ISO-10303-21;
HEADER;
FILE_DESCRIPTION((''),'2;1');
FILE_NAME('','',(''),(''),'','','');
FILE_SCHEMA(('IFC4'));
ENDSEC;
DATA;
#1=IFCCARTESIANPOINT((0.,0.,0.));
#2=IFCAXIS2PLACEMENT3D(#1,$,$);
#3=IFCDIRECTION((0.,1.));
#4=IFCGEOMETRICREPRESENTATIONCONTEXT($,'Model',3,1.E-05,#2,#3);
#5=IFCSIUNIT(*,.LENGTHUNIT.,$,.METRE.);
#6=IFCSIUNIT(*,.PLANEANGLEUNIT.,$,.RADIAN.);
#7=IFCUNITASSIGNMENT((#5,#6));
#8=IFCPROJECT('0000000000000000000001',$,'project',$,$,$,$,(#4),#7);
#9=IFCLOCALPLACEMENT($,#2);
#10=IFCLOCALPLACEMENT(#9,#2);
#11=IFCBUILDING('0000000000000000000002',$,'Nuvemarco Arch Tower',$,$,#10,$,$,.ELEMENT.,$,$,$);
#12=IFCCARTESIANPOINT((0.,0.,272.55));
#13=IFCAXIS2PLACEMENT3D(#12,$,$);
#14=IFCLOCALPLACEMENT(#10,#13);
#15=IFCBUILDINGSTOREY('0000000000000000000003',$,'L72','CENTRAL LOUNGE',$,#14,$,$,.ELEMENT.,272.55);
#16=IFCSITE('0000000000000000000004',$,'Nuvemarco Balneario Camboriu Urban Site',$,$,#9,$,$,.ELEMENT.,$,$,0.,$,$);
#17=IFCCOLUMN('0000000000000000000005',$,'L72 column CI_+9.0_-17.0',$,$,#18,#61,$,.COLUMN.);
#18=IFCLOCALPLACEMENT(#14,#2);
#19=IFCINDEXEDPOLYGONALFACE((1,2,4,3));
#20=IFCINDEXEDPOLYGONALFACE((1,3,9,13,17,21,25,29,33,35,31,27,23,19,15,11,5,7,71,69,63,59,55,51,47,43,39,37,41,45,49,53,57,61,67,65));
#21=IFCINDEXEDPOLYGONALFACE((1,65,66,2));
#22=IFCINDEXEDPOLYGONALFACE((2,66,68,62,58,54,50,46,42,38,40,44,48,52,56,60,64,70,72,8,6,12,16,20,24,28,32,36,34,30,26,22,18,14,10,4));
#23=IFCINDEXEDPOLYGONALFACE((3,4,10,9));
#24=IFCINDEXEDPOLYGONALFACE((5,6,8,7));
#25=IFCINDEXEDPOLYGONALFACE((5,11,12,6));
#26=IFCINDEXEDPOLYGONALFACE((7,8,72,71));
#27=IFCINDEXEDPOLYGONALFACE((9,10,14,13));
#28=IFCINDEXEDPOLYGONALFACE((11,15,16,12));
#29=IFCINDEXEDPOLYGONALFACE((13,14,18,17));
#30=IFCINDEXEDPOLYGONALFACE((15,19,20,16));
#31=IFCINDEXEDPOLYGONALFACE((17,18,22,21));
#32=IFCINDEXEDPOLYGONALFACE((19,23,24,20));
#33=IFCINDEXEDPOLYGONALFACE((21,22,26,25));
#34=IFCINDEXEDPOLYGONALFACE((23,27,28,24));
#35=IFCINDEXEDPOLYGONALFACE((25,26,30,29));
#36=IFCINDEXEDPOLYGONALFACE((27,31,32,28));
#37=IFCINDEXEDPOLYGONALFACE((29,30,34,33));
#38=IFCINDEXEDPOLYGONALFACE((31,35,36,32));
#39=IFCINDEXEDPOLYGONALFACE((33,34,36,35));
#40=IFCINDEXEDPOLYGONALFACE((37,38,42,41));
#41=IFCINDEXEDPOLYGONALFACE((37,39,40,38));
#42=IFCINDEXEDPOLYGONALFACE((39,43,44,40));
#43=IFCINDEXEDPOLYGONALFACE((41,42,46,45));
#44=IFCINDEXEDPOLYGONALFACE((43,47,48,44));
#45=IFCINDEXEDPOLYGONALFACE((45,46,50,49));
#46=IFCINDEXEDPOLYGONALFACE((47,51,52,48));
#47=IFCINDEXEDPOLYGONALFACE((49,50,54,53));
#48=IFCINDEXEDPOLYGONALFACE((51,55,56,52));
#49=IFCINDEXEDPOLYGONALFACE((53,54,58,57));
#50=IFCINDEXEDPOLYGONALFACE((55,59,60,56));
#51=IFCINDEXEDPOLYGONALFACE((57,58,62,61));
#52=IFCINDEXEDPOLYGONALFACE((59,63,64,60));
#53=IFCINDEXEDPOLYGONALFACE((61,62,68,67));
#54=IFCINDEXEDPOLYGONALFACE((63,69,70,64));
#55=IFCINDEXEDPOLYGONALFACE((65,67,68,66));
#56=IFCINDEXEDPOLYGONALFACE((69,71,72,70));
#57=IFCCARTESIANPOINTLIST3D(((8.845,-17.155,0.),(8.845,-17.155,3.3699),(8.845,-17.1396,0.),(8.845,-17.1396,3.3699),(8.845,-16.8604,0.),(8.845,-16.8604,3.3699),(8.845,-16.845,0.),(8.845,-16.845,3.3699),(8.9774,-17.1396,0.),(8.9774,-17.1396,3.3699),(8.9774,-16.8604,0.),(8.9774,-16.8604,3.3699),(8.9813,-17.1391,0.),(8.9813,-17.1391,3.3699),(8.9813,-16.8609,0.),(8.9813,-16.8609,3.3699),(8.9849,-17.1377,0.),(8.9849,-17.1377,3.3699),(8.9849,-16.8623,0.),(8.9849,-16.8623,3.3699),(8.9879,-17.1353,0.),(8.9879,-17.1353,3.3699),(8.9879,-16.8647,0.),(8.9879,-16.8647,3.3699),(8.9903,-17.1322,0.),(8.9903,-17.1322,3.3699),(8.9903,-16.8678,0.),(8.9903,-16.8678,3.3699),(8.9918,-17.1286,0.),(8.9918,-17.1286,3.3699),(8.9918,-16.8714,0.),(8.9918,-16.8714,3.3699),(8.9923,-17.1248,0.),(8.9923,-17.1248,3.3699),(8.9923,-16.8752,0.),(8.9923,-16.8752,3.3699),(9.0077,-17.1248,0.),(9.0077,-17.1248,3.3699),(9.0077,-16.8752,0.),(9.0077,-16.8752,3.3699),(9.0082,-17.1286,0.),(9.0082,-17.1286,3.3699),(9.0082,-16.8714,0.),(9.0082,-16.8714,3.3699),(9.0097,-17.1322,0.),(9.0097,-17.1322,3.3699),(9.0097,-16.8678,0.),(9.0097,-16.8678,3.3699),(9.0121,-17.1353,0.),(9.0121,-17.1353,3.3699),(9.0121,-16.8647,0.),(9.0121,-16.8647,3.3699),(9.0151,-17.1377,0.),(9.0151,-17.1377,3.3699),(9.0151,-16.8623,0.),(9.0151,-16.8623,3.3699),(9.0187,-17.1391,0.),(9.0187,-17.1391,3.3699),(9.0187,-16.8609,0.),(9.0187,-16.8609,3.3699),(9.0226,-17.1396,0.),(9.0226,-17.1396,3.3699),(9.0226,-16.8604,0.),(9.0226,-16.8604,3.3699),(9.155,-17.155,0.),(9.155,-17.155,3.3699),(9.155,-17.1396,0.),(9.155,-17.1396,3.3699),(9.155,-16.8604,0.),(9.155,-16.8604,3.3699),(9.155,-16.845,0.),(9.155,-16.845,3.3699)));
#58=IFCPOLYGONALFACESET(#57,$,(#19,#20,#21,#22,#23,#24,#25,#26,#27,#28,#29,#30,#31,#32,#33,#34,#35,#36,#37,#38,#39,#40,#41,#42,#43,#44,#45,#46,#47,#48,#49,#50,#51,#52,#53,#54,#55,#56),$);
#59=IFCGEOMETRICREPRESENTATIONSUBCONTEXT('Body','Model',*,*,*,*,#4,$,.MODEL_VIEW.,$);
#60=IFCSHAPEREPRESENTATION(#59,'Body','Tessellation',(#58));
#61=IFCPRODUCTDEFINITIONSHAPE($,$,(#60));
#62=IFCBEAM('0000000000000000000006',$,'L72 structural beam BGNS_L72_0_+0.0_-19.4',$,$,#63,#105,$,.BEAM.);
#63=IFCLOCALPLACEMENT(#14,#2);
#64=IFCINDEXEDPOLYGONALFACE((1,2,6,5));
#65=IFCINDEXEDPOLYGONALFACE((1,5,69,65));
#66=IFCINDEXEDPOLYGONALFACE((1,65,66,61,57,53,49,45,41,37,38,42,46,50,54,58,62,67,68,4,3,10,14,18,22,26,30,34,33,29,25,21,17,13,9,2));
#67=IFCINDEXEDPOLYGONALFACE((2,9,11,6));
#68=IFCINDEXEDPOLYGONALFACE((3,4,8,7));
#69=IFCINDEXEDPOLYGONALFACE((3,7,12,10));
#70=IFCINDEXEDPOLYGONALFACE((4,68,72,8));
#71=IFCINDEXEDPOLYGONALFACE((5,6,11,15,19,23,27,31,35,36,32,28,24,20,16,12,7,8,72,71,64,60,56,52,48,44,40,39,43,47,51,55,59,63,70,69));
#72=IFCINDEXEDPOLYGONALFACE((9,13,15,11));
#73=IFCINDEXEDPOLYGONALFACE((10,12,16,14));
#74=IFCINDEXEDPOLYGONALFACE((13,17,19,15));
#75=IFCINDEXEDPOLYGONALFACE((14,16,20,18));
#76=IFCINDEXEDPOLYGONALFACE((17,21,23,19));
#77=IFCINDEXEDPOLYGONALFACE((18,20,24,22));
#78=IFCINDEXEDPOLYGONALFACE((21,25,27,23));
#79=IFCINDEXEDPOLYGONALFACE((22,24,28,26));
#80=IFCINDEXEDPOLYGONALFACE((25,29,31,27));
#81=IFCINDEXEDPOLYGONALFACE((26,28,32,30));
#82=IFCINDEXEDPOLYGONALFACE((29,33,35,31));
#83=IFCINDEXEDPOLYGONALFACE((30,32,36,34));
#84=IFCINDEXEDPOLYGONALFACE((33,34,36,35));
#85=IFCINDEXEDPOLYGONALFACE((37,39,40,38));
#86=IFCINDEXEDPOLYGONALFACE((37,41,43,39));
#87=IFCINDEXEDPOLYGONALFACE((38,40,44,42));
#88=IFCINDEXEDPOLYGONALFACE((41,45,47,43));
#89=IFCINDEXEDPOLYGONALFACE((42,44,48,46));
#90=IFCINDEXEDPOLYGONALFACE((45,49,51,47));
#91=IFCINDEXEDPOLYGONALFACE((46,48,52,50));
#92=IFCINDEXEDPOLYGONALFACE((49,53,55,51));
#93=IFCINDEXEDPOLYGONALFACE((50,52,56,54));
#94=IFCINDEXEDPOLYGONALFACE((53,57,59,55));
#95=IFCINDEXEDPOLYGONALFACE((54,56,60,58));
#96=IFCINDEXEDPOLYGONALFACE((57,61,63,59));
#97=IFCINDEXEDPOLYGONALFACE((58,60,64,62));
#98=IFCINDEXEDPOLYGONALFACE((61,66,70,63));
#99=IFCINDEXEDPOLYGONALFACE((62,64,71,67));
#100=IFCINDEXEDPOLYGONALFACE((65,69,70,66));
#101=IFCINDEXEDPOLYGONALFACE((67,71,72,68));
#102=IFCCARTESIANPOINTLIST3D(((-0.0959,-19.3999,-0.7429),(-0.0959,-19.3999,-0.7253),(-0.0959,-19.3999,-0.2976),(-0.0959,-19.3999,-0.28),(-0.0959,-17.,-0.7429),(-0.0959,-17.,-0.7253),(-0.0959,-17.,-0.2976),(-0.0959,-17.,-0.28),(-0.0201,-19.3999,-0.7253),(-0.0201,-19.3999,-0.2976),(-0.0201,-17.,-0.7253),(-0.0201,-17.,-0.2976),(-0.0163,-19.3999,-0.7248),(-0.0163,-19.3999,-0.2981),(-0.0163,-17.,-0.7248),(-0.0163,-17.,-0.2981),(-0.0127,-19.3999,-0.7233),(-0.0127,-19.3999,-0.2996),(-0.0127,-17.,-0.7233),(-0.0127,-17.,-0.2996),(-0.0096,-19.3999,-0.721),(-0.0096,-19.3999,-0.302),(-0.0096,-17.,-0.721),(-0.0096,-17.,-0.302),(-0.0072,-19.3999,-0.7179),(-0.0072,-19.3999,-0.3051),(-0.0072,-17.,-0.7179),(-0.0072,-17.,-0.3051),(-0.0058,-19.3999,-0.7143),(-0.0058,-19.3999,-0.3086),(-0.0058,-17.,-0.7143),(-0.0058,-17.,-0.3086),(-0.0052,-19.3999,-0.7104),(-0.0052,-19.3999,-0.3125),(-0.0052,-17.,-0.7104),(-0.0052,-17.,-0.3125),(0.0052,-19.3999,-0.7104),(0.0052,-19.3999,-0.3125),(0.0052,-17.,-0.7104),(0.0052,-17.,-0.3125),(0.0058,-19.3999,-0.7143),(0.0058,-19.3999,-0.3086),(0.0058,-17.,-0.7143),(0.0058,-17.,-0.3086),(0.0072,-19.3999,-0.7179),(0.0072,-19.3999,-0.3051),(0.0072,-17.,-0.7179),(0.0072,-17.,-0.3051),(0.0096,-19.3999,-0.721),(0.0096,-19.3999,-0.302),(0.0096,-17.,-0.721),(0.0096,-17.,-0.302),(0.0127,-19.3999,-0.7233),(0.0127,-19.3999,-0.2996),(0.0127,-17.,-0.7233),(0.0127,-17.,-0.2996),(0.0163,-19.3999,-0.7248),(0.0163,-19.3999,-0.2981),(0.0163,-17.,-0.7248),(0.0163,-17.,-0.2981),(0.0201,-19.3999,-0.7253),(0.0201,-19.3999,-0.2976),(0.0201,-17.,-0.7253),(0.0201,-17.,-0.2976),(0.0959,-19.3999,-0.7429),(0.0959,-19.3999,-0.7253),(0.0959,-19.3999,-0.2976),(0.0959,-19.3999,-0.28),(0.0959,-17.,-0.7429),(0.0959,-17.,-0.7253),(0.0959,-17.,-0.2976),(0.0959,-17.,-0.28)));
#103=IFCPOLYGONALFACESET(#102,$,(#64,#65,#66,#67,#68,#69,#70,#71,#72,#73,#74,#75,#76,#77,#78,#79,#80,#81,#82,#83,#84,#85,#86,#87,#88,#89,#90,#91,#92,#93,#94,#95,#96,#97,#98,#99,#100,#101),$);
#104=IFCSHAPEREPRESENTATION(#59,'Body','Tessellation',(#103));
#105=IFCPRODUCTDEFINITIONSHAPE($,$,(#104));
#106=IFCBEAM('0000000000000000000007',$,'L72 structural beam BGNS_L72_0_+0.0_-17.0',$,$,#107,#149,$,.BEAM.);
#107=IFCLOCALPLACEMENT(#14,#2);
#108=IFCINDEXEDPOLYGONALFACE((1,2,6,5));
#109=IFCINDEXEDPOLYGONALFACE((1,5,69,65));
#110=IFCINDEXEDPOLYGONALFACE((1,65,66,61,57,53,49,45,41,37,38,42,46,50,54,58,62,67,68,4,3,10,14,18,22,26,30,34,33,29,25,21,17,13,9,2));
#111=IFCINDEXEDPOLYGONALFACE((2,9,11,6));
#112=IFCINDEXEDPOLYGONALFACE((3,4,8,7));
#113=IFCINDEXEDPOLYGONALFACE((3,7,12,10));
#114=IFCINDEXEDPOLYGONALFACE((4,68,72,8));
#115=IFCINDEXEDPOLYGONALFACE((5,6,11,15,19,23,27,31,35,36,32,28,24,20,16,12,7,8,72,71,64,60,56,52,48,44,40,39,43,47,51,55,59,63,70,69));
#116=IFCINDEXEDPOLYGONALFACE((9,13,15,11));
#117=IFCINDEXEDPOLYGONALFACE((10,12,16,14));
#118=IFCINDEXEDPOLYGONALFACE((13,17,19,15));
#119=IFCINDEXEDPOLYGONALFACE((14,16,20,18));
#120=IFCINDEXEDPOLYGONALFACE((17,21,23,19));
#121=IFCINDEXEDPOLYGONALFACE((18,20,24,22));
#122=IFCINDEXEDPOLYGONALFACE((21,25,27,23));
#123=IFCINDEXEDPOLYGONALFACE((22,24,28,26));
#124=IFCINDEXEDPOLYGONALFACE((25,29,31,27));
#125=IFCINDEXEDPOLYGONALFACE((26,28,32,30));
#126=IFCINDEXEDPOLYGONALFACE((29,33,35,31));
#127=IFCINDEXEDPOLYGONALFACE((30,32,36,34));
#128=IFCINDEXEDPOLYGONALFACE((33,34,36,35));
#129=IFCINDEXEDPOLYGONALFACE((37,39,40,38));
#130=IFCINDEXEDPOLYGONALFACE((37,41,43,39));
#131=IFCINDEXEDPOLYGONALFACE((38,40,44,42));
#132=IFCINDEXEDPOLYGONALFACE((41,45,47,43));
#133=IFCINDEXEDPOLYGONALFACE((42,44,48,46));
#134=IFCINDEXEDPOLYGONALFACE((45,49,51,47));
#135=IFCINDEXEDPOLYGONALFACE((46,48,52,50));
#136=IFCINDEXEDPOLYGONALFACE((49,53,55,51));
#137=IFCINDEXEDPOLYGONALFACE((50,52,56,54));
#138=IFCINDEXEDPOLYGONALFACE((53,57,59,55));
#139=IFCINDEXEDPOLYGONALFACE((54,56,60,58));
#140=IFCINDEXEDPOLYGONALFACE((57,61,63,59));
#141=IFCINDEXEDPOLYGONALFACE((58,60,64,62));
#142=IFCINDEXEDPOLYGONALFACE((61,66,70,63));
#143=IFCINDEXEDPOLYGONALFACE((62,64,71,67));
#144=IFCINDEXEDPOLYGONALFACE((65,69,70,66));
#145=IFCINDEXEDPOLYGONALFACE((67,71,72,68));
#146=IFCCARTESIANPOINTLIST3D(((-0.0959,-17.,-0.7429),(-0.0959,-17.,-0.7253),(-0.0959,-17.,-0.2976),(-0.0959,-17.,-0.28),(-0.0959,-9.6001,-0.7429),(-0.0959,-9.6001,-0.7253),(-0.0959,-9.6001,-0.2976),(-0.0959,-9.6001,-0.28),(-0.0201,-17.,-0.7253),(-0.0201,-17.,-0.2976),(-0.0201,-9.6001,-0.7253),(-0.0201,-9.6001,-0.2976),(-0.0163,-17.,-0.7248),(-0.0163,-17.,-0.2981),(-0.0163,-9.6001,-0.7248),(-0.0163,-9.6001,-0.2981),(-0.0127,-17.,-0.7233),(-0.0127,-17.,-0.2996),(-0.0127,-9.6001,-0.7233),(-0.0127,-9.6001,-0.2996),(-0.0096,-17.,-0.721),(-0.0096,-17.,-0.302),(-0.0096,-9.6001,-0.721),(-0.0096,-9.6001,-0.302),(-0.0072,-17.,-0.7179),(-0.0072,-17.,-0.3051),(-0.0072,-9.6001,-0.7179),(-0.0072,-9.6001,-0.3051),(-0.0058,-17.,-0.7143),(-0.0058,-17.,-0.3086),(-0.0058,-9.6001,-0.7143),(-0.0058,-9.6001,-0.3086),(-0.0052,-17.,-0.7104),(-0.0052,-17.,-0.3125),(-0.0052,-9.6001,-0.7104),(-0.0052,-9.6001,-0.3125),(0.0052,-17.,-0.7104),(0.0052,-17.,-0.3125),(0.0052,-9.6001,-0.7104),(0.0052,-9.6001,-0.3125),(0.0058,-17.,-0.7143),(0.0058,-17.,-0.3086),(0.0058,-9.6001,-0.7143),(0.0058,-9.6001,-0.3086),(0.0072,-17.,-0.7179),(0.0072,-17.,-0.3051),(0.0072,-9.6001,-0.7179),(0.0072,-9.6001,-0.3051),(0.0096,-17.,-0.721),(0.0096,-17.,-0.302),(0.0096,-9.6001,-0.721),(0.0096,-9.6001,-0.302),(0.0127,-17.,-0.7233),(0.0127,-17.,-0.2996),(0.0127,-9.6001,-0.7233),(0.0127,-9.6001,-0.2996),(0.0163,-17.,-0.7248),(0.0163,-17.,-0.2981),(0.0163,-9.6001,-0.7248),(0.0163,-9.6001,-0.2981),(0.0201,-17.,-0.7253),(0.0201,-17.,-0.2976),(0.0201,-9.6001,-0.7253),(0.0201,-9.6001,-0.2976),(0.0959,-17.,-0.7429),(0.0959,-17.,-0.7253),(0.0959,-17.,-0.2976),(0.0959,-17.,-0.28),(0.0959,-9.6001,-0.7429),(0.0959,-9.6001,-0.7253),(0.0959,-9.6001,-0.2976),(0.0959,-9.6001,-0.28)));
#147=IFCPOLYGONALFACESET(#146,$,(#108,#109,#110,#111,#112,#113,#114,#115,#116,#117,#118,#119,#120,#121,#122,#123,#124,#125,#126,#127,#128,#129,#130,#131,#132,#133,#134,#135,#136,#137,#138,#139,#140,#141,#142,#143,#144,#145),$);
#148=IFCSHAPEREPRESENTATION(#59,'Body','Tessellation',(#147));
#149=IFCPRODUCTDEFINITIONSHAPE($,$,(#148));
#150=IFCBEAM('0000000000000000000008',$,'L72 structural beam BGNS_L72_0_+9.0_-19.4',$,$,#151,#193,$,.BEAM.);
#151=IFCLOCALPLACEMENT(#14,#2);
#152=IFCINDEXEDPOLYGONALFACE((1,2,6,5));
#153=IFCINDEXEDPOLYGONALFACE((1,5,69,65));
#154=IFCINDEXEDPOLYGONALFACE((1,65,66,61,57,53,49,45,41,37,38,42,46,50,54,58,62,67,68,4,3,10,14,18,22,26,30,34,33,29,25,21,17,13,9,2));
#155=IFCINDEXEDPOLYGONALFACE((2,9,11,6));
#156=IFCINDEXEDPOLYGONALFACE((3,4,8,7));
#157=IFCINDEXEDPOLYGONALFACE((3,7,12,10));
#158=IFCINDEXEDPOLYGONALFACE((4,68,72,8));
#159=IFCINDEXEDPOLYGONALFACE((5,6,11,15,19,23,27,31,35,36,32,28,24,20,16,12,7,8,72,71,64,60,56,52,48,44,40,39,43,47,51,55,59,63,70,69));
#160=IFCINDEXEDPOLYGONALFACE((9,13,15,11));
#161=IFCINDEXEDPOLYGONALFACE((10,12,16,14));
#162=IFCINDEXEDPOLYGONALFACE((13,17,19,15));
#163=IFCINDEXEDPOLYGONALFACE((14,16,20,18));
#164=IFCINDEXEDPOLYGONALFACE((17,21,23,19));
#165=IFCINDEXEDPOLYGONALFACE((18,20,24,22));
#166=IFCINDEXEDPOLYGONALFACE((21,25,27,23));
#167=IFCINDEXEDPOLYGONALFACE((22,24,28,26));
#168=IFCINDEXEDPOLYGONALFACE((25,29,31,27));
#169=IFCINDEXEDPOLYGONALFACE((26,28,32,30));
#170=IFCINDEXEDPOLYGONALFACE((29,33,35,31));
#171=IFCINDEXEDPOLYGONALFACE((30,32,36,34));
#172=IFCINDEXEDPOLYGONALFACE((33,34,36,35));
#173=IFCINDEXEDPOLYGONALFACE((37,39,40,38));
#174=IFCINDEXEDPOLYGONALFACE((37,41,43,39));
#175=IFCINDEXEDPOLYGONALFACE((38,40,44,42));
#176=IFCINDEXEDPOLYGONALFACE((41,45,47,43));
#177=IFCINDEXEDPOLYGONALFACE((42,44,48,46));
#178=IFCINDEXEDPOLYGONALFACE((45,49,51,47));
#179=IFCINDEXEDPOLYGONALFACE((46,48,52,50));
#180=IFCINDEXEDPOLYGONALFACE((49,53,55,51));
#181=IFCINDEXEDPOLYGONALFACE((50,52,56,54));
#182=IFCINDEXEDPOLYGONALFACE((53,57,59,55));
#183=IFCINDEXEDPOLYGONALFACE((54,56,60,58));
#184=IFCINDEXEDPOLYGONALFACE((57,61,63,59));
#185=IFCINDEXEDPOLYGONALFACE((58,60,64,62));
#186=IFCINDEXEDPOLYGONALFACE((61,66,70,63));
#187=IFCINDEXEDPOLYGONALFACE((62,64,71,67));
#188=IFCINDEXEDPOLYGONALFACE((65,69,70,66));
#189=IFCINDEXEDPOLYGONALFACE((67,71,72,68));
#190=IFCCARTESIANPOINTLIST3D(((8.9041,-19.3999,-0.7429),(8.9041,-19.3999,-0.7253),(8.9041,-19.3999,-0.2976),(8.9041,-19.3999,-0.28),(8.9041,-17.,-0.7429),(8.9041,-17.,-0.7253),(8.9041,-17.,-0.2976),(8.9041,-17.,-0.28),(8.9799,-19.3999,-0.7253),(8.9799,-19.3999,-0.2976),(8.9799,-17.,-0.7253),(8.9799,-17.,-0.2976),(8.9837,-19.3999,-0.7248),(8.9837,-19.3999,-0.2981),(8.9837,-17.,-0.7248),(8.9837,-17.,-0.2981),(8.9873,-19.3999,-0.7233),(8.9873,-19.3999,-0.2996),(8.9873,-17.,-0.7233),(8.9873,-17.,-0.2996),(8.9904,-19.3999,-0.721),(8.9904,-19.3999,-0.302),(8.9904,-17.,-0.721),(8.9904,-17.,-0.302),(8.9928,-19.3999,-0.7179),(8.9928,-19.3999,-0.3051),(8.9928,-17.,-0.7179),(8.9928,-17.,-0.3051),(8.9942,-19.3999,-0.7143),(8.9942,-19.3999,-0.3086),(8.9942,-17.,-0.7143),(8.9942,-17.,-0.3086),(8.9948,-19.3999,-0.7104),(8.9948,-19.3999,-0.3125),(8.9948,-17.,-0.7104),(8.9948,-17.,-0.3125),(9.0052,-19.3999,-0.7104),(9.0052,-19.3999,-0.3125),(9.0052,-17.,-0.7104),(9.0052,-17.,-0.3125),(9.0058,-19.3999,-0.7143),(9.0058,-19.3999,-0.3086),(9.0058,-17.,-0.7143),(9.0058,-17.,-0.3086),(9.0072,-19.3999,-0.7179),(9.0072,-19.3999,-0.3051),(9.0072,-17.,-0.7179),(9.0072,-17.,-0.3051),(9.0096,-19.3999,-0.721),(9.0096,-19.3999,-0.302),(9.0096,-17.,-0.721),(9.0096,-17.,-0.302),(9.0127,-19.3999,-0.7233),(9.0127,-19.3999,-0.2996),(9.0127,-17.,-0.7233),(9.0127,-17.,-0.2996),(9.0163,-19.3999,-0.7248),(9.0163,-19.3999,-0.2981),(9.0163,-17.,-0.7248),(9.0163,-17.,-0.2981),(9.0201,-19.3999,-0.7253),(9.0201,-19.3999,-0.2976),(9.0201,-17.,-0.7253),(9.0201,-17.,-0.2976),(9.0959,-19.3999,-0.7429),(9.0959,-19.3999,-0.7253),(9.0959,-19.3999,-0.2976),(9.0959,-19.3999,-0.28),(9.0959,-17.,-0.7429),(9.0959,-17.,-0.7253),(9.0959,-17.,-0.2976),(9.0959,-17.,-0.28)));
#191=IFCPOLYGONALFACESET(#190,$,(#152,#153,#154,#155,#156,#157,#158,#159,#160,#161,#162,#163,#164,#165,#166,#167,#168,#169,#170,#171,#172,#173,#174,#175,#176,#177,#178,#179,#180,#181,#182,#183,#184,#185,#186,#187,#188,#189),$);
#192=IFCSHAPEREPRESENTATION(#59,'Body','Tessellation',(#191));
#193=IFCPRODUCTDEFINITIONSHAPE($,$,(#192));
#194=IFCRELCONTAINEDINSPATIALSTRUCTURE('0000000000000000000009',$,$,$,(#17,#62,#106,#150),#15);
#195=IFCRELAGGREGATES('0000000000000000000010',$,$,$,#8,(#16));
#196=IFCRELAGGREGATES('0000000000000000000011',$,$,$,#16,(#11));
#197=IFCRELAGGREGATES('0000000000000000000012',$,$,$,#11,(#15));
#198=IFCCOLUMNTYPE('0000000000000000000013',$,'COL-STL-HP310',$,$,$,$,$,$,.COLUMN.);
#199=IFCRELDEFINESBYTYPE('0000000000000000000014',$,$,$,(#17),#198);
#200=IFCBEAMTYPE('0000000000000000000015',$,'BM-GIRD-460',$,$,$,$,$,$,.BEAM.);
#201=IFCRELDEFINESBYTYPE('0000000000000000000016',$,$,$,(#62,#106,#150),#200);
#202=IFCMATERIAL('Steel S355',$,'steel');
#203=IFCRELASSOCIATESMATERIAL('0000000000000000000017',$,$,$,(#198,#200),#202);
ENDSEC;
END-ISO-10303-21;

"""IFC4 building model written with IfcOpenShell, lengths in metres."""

from ifc_helpers import new_model, si_unit, direction, frame, origin, origin_2d, place, context, subcontext, project, spatial, i_section, extrude, material, material_profile, profile_set, type_object, element, save


model = new_model("IFC4")

# Units and contexts
model_context = context("Model", 3, precision=1e-05, world=origin(), true_north=direction((0.0, 1.0)))
body_context = subcontext(model_context, "Body", "Model", "MODEL_VIEW")
ifc_project = project(units=[si_unit("LENGTHUNIT", "METRE"), si_unit("PLANEANGLEUNIT", "RADIAN")], contexts=[model_context])

# Site, building, storey
site_placement = place(None, origin())
site = spatial("IfcSite", under=ifc_project, at=site_placement, Name="Nuvemarco Balneario Camboriu Urban Site", CompositionType="ELEMENT", RefElevation=0.0)
building_placement = place(site_placement, origin())
building = spatial("IfcBuilding", under=site, at=building_placement, Name="Nuvemarco Arch Tower", CompositionType="ELEMENT")
storey_placement = place(building_placement, frame((0.0, 0.0, 272.55)))
storey = spatial("IfcBuildingStorey", under=building, at=storey_placement, Name="L72", Description="CENTRAL LOUNGE", CompositionType="ELEMENT", Elevation=272.55)

# Column
ifc_material_1 = material(Name="Steel S355", Category="steel")
ifc_material_profile_1 = material_profile(ifc_material_1, i_section(OverallWidth=0.3101, OverallDepth=0.3101, WebThickness=0.0154, FlangeThickness=0.0154, FilletRadius=0.0149, at=origin_2d()), Name="HP310x110")
ifc_profile_set_1 = profile_set([ifc_material_profile_1], Name="Steel S355")
column_type_1 = type_object("IfcColumnType", Name="COL-STL-HP310", PredefinedType="COLUMN", material=ifc_profile_set_1)
for number, where, z_axis, x_axis, name in (
    (1, (9.0, -17.0, 0.0), (0.0, 0.0, 1.0), (1.0, 0.0, 0.0), "L72 column CI_+9.0_-17.0"),
):
    element("IfcColumn", number, at=place(storey_placement, frame(where, z_axis=z_axis, x_axis=x_axis)), inside=storey, type_object=column_type_1, Name=name, PredefinedType="COLUMN", context=body_context, shape_type="SweptSolid", body=[
        extrude(i_section(OverallWidth=0.3101, OverallDepth=0.3101, WebThickness=0.0154, FlangeThickness=0.0154, FilletRadius=0.0149, at=origin_2d()), origin(), (0.0, 0.0, 1.0), 3.3699),
    ])

# Beams
ifc_material_profile_2 = material_profile(ifc_material_1, i_section(OverallWidth=0.1919, OverallDepth=0.4629, WebThickness=0.0105, FlangeThickness=0.0176, FilletRadius=0.0149, at=origin_2d()), Name="W460x89")
ifc_profile_set_2 = profile_set([ifc_material_profile_2], Name="Steel S355")
beam_type_1 = type_object("IfcBeamType", Name="BM-GIRD-460", PredefinedType="BEAM", material=ifc_profile_set_2)
beam_1_placement = place(storey_placement, frame((0.0, -19.3999, -0.5115), z_axis=(0.0, 1.0, 0.0), x_axis=(-1.0, 0.0, 0.0)))
element("IfcBeam", 2, at=beam_1_placement, inside=storey, type_object=beam_type_1, Name="L72 structural beam BGNS_L72_0_+0.0_-19.4", PredefinedType="BEAM", context=body_context, shape_type="SweptSolid", body=[
    extrude(i_section(OverallWidth=0.1919, OverallDepth=0.4629, WebThickness=0.0105, FlangeThickness=0.0176, FilletRadius=0.0149, at=origin_2d()), origin(), (0.0, 0.0, 1.0), 2.3999),
])
beam_2_placement = place(storey_placement, frame((0.0, -17.0, -0.5115), z_axis=(0.0, 1.0, 0.0), x_axis=(-1.0, 0.0, 0.0)))
element("IfcBeam", 3, at=beam_2_placement, inside=storey, type_object=beam_type_1, Name="L72 structural beam BGNS_L72_0_+0.0_-17.0", PredefinedType="BEAM", context=body_context, shape_type="SweptSolid", body=[
    extrude(i_section(OverallWidth=0.1919, OverallDepth=0.4629, WebThickness=0.0105, FlangeThickness=0.0176, FilletRadius=0.0149, at=origin_2d()), origin(), (0.0, 0.0, 1.0), 7.3999),
])
beam_3_placement = place(storey_placement, frame((9.0, -19.3999, -0.5115), z_axis=(0.0, 1.0, 0.0), x_axis=(-1.0, 0.0, 0.0)))
element("IfcBeam", 4, at=beam_3_placement, inside=storey, type_object=beam_type_1, Name="L72 structural beam BGNS_L72_0_+9.0_-19.4", PredefinedType="BEAM", context=body_context, shape_type="SweptSolid", body=[
    extrude(i_section(OverallWidth=0.1919, OverallDepth=0.4629, WebThickness=0.0105, FlangeThickness=0.0176, FilletRadius=0.0149, at=origin_2d()), origin(), (0.0, 0.0, 1.0), 2.3999),
])

save(model, "model.ifc")
